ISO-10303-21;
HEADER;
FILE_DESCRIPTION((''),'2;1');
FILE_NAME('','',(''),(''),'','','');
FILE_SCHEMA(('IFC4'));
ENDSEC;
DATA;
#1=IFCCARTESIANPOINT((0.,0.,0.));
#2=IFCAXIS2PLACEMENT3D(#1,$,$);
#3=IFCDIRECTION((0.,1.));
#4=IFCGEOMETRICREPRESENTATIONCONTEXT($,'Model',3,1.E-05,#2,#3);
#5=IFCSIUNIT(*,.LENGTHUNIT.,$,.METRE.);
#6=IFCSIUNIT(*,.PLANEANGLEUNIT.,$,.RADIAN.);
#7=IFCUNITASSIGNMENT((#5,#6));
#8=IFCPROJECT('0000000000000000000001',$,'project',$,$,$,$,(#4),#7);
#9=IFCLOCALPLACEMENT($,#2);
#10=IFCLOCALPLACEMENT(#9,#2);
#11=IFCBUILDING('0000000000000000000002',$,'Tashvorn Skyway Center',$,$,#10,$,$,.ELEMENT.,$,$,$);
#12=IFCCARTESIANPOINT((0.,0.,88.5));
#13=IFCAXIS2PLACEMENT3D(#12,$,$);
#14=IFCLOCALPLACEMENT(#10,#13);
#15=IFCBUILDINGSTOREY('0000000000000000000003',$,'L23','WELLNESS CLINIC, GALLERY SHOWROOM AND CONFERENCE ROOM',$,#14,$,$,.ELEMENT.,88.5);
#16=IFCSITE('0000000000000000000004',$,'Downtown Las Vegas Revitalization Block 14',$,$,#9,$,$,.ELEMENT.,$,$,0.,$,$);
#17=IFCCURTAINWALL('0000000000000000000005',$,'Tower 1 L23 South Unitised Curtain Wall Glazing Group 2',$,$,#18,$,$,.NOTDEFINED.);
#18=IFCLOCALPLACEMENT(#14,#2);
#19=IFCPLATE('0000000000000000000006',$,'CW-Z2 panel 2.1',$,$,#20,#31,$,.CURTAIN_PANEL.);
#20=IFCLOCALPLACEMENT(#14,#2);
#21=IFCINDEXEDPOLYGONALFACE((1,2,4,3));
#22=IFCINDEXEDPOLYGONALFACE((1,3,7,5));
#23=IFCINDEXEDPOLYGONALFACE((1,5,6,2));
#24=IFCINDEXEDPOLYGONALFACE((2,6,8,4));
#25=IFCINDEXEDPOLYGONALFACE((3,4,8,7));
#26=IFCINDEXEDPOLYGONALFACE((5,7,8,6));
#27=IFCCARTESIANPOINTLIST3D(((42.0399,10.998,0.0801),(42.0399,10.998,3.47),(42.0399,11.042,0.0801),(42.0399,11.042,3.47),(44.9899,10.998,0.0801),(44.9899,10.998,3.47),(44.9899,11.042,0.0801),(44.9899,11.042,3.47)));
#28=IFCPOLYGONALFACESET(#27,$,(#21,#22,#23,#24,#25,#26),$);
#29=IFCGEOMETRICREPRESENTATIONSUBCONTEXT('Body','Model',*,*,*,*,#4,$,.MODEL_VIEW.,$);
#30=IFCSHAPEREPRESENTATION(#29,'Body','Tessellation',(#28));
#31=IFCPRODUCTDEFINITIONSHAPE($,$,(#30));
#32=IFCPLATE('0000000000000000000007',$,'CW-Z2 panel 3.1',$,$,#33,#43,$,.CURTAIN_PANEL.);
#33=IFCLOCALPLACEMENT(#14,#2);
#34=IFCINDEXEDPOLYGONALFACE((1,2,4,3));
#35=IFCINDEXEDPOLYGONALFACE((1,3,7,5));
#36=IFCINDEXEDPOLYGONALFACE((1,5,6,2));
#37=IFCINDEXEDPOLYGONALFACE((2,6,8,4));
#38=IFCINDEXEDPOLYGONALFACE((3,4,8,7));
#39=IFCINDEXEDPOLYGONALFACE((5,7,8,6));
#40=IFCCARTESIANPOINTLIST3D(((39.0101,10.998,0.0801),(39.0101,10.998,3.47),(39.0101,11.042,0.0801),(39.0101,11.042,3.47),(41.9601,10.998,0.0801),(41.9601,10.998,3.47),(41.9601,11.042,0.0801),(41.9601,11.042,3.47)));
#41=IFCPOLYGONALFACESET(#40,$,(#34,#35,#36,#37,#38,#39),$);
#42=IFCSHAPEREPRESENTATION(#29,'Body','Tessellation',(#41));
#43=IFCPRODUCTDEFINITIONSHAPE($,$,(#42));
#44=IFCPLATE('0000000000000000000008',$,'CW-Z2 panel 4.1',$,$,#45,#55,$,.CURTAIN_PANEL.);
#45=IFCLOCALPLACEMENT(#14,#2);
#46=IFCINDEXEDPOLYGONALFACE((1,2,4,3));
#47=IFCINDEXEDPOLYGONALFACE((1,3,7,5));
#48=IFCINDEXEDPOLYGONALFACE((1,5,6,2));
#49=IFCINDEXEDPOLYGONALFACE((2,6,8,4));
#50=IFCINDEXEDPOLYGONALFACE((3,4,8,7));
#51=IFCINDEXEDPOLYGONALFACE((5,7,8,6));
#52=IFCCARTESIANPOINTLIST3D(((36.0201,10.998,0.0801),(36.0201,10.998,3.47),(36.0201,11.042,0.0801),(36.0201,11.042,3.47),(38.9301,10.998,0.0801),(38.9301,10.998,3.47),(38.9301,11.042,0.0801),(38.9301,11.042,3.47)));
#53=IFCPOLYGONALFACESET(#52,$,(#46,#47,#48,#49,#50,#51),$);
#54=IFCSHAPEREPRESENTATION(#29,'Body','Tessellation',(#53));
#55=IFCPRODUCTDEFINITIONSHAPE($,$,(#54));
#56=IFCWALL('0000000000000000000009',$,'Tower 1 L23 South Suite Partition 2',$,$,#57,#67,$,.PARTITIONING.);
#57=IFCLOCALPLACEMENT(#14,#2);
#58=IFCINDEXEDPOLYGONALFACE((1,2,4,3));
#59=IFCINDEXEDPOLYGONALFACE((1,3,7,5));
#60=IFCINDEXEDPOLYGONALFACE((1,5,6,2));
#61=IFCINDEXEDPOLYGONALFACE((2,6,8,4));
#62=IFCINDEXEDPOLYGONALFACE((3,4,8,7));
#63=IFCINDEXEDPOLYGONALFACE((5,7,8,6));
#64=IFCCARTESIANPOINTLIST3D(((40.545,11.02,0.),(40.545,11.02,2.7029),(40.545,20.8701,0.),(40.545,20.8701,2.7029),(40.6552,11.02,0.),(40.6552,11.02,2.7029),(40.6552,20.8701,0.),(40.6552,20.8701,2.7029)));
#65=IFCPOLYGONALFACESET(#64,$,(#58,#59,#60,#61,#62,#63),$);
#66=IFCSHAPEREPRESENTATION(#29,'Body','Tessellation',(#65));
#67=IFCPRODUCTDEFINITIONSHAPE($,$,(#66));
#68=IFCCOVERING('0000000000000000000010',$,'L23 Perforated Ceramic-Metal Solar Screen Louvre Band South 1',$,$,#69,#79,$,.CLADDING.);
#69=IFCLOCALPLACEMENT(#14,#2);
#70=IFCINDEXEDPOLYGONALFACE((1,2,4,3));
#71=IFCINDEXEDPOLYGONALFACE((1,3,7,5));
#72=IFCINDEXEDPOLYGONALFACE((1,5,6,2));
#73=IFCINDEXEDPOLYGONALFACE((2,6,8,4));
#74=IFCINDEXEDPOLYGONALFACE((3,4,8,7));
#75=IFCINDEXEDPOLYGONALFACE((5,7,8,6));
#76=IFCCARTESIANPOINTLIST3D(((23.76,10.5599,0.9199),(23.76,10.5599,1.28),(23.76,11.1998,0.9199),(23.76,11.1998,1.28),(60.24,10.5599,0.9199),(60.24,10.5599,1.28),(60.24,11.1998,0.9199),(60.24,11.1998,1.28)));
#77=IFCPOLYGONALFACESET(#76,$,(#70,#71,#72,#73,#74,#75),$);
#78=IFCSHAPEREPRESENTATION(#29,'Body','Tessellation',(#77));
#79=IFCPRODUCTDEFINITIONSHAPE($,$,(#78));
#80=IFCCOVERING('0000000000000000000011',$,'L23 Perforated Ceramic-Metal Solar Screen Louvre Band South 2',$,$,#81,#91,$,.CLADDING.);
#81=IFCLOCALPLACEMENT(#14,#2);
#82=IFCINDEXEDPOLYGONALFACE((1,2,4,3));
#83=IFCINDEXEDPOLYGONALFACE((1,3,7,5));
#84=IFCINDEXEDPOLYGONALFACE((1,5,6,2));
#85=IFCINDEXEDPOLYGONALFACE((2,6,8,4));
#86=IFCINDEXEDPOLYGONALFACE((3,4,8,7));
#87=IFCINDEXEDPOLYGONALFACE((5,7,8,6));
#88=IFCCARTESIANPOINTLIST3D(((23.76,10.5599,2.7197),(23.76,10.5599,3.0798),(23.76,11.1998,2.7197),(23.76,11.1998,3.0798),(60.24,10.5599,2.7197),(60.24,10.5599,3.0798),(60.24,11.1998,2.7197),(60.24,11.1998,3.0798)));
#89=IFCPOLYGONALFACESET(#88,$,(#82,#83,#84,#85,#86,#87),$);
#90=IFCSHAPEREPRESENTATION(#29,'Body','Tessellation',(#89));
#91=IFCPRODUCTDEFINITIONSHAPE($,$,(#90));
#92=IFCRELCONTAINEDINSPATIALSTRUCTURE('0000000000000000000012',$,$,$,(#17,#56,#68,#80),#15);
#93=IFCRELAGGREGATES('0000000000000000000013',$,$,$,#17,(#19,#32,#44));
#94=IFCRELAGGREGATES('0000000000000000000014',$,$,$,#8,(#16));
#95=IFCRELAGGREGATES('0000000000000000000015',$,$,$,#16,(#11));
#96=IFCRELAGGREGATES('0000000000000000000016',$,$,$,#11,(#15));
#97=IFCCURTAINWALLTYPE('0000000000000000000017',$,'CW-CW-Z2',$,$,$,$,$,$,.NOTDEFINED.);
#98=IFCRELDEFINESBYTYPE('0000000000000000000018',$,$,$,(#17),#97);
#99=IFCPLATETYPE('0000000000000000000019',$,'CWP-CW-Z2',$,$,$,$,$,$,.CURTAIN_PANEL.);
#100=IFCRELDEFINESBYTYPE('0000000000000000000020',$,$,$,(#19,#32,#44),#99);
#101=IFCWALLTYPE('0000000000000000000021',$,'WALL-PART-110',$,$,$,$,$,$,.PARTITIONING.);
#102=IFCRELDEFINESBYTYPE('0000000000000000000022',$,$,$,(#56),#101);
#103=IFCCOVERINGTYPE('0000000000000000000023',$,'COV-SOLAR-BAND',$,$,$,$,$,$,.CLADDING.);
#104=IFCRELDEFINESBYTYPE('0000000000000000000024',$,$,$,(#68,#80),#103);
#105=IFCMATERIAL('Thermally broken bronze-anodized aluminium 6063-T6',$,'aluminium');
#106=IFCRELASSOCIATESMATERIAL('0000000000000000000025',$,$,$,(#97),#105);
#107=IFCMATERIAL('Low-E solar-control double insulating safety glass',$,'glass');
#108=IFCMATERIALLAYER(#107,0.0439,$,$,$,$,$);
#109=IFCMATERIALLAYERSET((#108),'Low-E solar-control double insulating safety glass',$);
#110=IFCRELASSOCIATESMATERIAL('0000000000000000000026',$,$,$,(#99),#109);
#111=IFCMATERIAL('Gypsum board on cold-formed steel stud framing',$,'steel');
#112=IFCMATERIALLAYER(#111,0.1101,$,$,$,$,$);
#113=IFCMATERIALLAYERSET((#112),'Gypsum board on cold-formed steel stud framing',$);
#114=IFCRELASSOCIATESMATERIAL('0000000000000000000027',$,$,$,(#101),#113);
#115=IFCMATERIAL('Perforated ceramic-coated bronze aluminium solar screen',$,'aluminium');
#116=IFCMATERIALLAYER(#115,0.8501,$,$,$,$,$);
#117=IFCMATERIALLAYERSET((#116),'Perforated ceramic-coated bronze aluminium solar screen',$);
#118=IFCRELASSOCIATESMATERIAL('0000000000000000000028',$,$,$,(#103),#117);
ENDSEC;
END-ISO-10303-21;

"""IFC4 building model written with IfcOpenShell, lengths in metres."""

from ifc_helpers import new_model, si_unit, direction, frame, frame_2d, origin, origin_2d, place, context, subcontext, project, spatial, rectangle, extrude, material, layer, layer_set, type_object, element, aggregate, save


model = new_model("IFC4")

# Units and contexts
model_context = context("Model", 3, precision=1e-05, world=origin(), true_north=direction((0.0, 1.0)))
body_context = subcontext(model_context, "Body", "Model", "MODEL_VIEW")
ifc_project = project(units=[si_unit("LENGTHUNIT", "METRE"), si_unit("PLANEANGLEUNIT", "RADIAN")], contexts=[model_context])

# Site, building, storey
site_placement = place(None, origin())
site = spatial("IfcSite", under=ifc_project, at=site_placement, Name="Downtown Las Vegas Revitalization Block 14", CompositionType="ELEMENT", RefElevation=0.0)
building_placement = place(site_placement, origin())
building = spatial("IfcBuilding", under=site, at=building_placement, Name="Tashvorn Skyway Center", CompositionType="ELEMENT")
storey_placement = place(building_placement, frame((0.0, 0.0, 88.5)))
storey = spatial("IfcBuildingStorey", under=building, at=storey_placement, Name="L23", Description="WELLNESS CLINIC, GALLERY SHOWROOM AND CONFERENCE ROOM", CompositionType="ELEMENT", Elevation=88.5)

# Curtain wall, plates
ifc_material_1 = material(Name="Thermally broken bronze-anodized aluminium 6063-T6", Category="aluminium")
curtain_wall_type = type_object("IfcCurtainWallType", Name="CW-CW-Z2", PredefinedType="NOTDEFINED", material=ifc_material_1)
curtain_wall_placement = place(storey_placement, origin())
curtain_wall = element("IfcCurtainWall", 1, at=curtain_wall_placement, inside=storey, type_object=curtain_wall_type, Name="Tower 1 L23 South Unitised Curtain Wall Glazing Group 2", PredefinedType="NOTDEFINED")
ifc_material_2 = material(Name="Low-E solar-control double insulating safety glass", Category="glass")
ifc_layer_1 = layer(ifc_material_2, 0.0439)
ifc_layer_set_1 = layer_set([ifc_layer_1], Name="Low-E solar-control double insulating safety glass")
plate_type = type_object("IfcPlateType", Name="CWP-CW-Z2", PredefinedType="CURTAIN_PANEL", material=ifc_layer_set_1)
plate_1_placement = place(storey_placement, frame((43.5149, 11.02, 0.0801), z_axis=(0.0, 0.0, 1.0), x_axis=(-1.0, 0.0, 0.0)))
plate_1 = element("IfcPlate", 2, at=plate_1_placement, type_object=plate_type, Name="CW-Z2 panel 2.1", PredefinedType="CURTAIN_PANEL", context=body_context, shape_type="SweptSolid", body=[
    extrude(rectangle(XDim=2.95, YDim=0.0439, at=origin_2d()), origin(), (0.0, 0.0, 1.0), 3.3899),
])
plate_2_placement = place(storey_placement, frame((40.4851, 11.02, 0.0801), z_axis=(0.0, 0.0, 1.0), x_axis=(-1.0, 0.0, 0.0)))
plate_2 = element("IfcPlate", 3, at=plate_2_placement, type_object=plate_type, Name="CW-Z2 panel 3.1", PredefinedType="CURTAIN_PANEL", context=body_context, shape_type="SweptSolid", body=[
    extrude(rectangle(XDim=2.95, YDim=0.0439, at=origin_2d()), origin(), (0.0, 0.0, 1.0), 3.3899),
])
plate_3_placement = place(storey_placement, frame((37.4751, 11.02, 0.0801), z_axis=(0.0, 0.0, 1.0), x_axis=(-1.0, 0.0, 0.0)))
plate_3 = element("IfcPlate", 4, at=plate_3_placement, type_object=plate_type, Name="CW-Z2 panel 4.1", PredefinedType="CURTAIN_PANEL", context=body_context, shape_type="SweptSolid", body=[
    extrude(rectangle(XDim=2.9099, YDim=0.0439, at=origin_2d()), origin(), (0.0, 0.0, 1.0), 3.3899),
])
aggregate(curtain_wall, [plate_1, plate_2, plate_3])

# Wall
ifc_material_3 = material(Name="Gypsum board on cold-formed steel stud framing", Category="steel")
ifc_layer_2 = layer(ifc_material_3, 0.1101)
ifc_layer_set_2 = layer_set([ifc_layer_2], Name="Gypsum board on cold-formed steel stud framing")
wall_type = type_object("IfcWallType", Name="WALL-PART-110", PredefinedType="PARTITIONING", material=ifc_layer_set_2)
wall_placement = place(storey_placement, frame((40.6001, 11.02, 0.0), z_axis=(0.0, 0.0, 1.0), x_axis=(0.0, 1.0, 0.0)))
element("IfcWall", 5, at=wall_placement, inside=storey, type_object=wall_type, Name="Tower 1 L23 South Suite Partition 2", PredefinedType="PARTITIONING", context=body_context, shape_type="SweptSolid", body=[
    extrude(rectangle(XDim=9.8501, YDim=0.1101, at=frame_2d((4.925, 0.0))), origin(), (0.0, 0.0, 1.0), 2.7029),
])

# Coverings
ifc_material_4 = material(Name="Perforated ceramic-coated bronze aluminium solar screen", Category="aluminium")
ifc_layer_3 = layer(ifc_material_4, 0.8501)
ifc_layer_set_3 = layer_set([ifc_layer_3], Name="Perforated ceramic-coated bronze aluminium solar screen")
covering_type = type_object("IfcCoveringType", Name="COV-SOLAR-BAND", PredefinedType="CLADDING", material=ifc_layer_set_3)
for number, where, z_axis, x_axis, name in (
    (6, (42.0, 10.8799, 0.9199), (0.0, 0.0, 1.0), (-1.0, 0.0, 0.0), "L23 Perforated Ceramic-Metal Solar Screen Louvre Band South 1"),
    (7, (42.0, 10.8799, 2.7197), (0.0, 0.0, 1.0), (-1.0, 0.0, 0.0), "L23 Perforated Ceramic-Metal Solar Screen Louvre Band South 2"),
):
    element("IfcCovering", number, at=place(storey_placement, frame(where, z_axis=z_axis, x_axis=x_axis)), inside=storey, type_object=covering_type, Name=name, PredefinedType="CLADDING", context=body_context, shape_type="SweptSolid", body=[
        extrude(rectangle(XDim=36.48, YDim=0.6399, at=origin_2d()), origin(), (0.0, 0.0, 1.0), 0.3601),
    ])

save(model, "model.ifc")
